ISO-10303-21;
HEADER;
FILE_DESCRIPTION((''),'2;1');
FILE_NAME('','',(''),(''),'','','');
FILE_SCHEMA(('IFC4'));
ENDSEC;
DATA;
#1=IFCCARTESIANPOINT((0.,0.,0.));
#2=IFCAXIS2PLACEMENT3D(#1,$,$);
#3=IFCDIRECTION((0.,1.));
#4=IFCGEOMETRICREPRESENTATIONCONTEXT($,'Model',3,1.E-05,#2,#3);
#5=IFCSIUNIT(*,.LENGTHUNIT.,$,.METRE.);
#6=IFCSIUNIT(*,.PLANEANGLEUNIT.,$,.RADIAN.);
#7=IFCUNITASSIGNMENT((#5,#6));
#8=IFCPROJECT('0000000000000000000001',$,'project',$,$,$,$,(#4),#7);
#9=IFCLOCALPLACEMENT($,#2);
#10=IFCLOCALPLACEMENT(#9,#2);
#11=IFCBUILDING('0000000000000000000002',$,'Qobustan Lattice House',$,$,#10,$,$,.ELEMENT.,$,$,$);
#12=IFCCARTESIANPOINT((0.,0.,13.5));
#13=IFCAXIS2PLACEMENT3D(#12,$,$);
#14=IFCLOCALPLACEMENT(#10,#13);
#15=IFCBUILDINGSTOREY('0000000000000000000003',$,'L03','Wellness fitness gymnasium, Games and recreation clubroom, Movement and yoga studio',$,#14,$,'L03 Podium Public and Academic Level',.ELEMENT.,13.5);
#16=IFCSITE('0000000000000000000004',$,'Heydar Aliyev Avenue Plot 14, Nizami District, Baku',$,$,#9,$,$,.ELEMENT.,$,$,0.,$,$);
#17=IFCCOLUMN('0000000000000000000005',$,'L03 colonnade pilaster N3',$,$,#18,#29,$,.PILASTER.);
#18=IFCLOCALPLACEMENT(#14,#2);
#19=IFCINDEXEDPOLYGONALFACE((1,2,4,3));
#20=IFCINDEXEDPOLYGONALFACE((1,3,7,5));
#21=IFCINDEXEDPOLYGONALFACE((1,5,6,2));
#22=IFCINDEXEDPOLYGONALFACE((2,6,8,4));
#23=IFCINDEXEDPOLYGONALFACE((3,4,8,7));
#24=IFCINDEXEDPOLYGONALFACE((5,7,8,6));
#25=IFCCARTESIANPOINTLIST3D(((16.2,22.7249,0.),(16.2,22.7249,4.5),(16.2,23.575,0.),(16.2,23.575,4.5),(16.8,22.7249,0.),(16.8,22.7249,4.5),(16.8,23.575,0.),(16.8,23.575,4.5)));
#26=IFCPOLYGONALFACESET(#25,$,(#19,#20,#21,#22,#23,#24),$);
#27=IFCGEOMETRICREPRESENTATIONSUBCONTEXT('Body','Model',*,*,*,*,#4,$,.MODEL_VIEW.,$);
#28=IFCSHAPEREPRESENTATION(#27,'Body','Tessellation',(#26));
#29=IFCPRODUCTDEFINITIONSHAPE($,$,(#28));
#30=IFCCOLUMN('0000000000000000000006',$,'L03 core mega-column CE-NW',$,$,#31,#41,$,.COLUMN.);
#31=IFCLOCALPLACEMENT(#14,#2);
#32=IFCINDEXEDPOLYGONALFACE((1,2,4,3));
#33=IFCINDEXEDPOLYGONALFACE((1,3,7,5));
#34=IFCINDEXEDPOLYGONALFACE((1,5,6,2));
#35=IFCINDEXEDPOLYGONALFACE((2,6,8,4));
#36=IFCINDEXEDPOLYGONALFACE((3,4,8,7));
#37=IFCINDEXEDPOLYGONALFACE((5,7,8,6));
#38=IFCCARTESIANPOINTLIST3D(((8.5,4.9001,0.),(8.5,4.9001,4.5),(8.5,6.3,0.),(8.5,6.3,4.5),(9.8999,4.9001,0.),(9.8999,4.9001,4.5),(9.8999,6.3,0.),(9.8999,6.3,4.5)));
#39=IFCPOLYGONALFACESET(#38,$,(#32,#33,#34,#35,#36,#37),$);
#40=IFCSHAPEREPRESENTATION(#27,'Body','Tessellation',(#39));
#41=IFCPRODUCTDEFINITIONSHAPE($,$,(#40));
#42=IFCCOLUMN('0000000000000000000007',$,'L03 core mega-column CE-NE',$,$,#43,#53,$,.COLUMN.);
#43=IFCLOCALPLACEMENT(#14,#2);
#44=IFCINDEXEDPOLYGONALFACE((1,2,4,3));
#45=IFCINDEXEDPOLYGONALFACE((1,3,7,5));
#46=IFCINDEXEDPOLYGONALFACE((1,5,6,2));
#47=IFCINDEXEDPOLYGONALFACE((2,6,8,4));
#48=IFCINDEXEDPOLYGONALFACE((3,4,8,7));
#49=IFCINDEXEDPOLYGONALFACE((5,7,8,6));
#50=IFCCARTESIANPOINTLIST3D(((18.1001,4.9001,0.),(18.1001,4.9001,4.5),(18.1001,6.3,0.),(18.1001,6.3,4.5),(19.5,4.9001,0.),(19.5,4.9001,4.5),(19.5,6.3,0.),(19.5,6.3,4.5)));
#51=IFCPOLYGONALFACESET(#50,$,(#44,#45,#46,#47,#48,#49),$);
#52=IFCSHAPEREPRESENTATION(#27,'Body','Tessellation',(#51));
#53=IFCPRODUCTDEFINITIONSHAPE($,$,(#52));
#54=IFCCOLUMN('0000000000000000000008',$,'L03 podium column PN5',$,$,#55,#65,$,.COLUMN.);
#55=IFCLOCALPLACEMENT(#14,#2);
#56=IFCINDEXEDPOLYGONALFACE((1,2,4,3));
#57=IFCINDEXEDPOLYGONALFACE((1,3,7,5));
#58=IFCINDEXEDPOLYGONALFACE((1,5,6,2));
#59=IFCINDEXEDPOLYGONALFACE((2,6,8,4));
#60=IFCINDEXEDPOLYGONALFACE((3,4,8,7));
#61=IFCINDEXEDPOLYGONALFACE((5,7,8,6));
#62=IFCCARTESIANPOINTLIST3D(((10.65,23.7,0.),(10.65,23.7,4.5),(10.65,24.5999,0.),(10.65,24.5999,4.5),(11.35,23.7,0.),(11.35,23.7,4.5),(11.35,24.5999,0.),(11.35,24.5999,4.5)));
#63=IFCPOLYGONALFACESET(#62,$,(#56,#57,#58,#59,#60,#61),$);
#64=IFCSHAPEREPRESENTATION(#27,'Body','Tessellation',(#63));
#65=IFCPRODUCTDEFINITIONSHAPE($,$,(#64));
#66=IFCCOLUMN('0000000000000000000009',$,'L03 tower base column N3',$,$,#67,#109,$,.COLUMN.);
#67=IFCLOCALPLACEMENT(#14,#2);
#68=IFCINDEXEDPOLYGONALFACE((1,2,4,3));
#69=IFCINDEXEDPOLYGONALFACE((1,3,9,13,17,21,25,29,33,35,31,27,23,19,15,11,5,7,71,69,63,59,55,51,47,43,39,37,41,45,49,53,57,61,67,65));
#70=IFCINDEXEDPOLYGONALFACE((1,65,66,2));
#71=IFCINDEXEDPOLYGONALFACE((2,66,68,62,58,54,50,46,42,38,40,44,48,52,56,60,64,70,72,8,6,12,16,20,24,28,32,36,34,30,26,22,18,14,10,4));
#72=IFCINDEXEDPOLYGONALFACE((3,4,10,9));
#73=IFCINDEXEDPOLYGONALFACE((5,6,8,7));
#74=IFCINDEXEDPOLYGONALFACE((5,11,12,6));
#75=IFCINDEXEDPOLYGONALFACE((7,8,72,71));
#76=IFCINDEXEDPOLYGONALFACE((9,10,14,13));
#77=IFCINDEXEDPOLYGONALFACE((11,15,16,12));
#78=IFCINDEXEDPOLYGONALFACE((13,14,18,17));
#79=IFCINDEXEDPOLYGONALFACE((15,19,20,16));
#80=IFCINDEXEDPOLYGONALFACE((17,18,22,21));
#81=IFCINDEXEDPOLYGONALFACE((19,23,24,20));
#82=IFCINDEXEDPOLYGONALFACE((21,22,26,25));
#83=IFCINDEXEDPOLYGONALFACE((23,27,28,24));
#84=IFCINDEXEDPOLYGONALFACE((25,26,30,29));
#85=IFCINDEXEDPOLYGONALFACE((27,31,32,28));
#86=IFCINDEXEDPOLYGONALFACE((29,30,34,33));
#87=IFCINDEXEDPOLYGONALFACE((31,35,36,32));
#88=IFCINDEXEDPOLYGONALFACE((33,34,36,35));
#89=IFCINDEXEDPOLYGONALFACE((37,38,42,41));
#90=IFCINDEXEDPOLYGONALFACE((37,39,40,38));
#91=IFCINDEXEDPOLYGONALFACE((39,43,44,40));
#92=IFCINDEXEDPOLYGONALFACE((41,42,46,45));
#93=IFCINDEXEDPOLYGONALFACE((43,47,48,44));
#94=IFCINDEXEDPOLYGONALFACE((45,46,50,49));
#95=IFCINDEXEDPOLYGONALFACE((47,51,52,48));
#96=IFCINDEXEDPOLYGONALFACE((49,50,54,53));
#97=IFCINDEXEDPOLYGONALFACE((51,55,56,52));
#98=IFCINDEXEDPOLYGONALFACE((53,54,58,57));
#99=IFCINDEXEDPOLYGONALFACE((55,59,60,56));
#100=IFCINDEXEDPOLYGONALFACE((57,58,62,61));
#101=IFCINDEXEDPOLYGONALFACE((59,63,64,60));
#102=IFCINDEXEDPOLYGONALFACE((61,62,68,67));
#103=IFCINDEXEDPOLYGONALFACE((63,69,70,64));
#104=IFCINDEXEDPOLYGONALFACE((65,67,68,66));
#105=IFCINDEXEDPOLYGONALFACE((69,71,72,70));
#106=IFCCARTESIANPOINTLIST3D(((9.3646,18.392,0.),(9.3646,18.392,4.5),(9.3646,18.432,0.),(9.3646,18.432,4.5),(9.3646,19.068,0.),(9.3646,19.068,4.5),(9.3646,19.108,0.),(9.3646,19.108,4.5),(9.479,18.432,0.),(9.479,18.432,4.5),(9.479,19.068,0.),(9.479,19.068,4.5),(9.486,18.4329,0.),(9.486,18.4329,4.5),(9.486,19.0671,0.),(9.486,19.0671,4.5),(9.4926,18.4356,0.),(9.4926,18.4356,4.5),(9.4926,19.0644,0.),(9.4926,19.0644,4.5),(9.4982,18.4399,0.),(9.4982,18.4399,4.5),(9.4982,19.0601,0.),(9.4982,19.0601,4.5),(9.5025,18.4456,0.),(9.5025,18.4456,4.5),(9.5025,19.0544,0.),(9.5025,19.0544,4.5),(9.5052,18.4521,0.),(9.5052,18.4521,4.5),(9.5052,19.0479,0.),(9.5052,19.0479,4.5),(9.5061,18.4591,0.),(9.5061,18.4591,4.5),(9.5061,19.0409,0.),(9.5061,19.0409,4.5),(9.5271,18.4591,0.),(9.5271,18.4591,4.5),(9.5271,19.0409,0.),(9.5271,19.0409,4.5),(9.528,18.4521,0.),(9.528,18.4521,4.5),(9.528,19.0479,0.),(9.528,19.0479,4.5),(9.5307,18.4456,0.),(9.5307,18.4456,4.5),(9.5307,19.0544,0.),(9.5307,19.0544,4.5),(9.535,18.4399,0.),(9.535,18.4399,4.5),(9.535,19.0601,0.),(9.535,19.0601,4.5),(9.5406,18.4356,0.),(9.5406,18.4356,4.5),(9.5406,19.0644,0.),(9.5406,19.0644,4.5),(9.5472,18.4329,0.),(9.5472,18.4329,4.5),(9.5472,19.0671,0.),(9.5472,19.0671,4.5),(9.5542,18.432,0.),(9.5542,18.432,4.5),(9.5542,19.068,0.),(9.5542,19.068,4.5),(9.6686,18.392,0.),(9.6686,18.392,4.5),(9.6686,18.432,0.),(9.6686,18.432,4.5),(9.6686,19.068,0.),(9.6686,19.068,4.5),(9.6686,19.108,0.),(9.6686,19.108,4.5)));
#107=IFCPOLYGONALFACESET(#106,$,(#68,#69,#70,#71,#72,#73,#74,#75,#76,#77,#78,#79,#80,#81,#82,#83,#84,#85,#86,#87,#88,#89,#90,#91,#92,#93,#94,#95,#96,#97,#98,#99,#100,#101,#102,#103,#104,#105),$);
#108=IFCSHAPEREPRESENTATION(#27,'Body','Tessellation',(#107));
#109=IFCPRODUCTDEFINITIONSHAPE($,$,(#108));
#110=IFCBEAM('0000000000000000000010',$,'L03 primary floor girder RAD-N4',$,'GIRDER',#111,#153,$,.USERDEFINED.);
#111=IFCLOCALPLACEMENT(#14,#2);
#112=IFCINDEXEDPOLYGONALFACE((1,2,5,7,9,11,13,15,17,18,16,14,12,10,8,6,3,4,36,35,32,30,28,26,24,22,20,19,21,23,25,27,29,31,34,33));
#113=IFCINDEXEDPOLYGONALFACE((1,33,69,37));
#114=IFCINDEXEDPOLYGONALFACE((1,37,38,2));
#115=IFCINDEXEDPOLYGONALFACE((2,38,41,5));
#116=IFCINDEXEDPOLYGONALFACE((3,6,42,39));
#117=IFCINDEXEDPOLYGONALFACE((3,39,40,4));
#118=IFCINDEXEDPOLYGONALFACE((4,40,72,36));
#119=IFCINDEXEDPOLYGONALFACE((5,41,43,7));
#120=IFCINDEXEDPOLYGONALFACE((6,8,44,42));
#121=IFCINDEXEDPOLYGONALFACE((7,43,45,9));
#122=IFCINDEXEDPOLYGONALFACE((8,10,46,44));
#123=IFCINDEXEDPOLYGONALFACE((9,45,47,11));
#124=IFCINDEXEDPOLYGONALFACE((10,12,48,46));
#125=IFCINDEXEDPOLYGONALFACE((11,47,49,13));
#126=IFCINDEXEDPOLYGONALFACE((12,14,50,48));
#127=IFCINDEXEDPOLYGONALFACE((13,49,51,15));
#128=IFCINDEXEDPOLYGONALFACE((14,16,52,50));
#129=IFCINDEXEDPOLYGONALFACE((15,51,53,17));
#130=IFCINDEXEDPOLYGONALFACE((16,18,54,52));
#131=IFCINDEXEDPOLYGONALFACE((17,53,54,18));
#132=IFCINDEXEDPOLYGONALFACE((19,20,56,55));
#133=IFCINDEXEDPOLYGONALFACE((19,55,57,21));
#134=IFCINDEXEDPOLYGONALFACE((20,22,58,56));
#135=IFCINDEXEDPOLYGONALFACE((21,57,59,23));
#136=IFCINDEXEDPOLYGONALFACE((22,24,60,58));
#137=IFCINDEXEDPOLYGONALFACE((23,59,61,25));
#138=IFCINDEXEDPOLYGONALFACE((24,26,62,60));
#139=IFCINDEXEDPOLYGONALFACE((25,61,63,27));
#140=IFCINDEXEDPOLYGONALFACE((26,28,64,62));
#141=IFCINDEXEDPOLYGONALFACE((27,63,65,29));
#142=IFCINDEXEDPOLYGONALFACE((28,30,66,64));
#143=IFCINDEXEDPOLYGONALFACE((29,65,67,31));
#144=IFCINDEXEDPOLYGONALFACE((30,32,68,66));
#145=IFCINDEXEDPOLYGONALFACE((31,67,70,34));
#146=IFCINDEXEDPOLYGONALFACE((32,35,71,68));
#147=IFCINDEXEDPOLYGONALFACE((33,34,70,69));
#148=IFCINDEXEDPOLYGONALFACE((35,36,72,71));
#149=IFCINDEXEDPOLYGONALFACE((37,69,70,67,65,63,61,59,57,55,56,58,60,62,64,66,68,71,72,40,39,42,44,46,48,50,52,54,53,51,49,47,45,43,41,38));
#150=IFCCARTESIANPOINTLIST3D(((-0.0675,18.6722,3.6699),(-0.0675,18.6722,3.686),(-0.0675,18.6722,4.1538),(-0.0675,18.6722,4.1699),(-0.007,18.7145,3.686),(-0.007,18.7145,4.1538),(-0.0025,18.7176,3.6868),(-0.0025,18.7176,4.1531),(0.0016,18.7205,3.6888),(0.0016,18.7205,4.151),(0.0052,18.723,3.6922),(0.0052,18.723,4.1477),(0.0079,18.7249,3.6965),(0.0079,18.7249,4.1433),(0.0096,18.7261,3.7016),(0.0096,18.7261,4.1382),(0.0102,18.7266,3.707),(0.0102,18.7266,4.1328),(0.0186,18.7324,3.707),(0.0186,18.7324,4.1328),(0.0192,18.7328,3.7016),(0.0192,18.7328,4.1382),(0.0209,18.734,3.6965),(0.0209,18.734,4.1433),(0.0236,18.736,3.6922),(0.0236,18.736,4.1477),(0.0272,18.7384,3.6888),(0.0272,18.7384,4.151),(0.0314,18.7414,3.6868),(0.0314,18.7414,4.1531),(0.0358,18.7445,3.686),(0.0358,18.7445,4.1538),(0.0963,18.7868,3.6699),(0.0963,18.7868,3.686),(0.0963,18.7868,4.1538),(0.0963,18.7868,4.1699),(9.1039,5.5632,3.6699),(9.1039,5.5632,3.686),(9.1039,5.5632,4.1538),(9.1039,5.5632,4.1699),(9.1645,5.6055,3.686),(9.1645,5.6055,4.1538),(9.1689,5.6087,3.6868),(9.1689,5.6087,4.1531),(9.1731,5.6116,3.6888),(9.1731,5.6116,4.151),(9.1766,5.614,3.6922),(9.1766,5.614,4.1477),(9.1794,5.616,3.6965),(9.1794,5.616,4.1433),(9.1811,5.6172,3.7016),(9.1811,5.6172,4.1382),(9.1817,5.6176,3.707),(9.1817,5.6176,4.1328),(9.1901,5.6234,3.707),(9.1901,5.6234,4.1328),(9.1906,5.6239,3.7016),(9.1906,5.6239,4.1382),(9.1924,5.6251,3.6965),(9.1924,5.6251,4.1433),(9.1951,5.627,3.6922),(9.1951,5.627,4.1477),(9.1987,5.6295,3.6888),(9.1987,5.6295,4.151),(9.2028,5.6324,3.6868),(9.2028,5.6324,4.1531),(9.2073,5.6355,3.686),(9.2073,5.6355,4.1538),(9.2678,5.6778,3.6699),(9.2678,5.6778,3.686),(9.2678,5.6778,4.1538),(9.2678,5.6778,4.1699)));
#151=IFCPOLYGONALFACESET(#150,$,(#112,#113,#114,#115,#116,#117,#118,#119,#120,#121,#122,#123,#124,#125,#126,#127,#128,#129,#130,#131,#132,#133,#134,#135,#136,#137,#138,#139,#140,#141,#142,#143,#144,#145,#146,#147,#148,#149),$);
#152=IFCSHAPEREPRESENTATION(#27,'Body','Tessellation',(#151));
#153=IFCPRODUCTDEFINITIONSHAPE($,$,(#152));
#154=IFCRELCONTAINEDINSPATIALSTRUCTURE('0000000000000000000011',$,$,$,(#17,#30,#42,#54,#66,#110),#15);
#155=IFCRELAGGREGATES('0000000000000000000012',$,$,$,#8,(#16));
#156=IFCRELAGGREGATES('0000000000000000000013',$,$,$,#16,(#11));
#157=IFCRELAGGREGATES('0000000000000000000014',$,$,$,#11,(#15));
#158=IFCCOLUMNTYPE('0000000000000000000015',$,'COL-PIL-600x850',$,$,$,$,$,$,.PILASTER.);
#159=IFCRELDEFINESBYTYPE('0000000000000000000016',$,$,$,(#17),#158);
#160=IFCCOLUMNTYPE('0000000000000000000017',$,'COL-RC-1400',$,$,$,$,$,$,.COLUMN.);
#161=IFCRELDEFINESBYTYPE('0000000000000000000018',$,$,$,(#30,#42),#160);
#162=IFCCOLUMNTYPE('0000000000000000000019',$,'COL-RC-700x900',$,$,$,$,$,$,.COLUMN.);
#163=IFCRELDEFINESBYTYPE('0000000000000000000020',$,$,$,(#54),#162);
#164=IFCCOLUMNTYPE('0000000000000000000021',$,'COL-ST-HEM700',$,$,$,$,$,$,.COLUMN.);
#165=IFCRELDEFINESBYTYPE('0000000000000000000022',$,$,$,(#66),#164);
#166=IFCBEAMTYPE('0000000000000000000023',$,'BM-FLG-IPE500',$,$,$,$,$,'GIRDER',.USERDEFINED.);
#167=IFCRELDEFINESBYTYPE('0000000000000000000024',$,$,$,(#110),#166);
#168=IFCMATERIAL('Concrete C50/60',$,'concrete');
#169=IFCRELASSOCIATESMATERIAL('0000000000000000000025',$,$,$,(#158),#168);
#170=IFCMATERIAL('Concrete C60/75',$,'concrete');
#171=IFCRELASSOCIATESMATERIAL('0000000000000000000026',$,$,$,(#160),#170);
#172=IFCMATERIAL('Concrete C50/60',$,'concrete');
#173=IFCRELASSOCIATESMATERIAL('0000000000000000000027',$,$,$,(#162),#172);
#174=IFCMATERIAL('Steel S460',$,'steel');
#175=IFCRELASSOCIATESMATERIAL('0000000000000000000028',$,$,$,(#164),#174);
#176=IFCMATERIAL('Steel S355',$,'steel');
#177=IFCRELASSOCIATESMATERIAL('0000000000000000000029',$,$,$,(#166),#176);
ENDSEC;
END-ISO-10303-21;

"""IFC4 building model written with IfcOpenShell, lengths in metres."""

from ifc_helpers import new_model, si_unit, direction, frame, origin, origin_2d, place, context, subcontext, project, spatial, rectangle, i_section, extrude, material, material_profile, profile_set, type_object, element, save


model = new_model("IFC4")

# Units and contexts
model_context = context("Model", 3, precision=1e-05, world=origin(), true_north=direction((0.0, 1.0)))
body_context = subcontext(model_context, "Body", "Model", "MODEL_VIEW")
ifc_project = project(units=[si_unit("LENGTHUNIT", "METRE"), si_unit("PLANEANGLEUNIT", "RADIAN")], contexts=[model_context])

# Site, building, storey
site_placement = place(None, origin())
site = spatial("IfcSite", under=ifc_project, at=site_placement, Name="Heydar Aliyev Avenue Plot 14, Nizami District, Baku", CompositionType="ELEMENT", RefElevation=0.0)
building_placement = place(site_placement, origin())
building = spatial("IfcBuilding", under=site, at=building_placement, Name="Qobustan Lattice House", CompositionType="ELEMENT")
storey_placement = place(building_placement, frame((0.0, 0.0, 13.5)))
storey = spatial("IfcBuildingStorey", under=building, at=storey_placement, Name="L03", Description="Wellness fitness gymnasium, Games and recreation clubroom, Movement and yoga studio", LongName="L03 Podium Public and Academic Level", CompositionType="ELEMENT", Elevation=13.5)

# Columns
ifc_material_1 = material(Name="Concrete C50/60", Category="concrete")
ifc_material_profile_1 = material_profile(ifc_material_1, rectangle(XDim=0.6001, YDim=0.8501, at=origin_2d()), Name="RC600x850")
ifc_profile_set_1 = profile_set([ifc_material_profile_1], Name="Concrete C50/60")
column_type_1 = type_object("IfcColumnType", Name="COL-PIL-600x850", PredefinedType="PILASTER", material=ifc_profile_set_1)
column_1_placement = place(storey_placement, frame((16.5, 23.1499, 0.0), z_axis=(0.0, 0.0, 1.0), x_axis=(1.0, 0.0, 0.0)))
element("IfcColumn", 1, at=column_1_placement, inside=storey, type_object=column_type_1, Name="L03 colonnade pilaster N3", PredefinedType="PILASTER", context=body_context, shape_type="SweptSolid", body=[
    extrude(rectangle(XDim=0.6001, YDim=0.8501, at=origin_2d()), origin(), (0.0, 0.0, 1.0), 4.5),
])
ifc_material_2 = material(Name="Concrete C60/75", Category="concrete")
ifc_material_profile_2 = material_profile(ifc_material_2, rectangle(XDim=1.3999, YDim=1.3999, at=origin_2d()), Name="RC1400x1400")
ifc_profile_set_2 = profile_set([ifc_material_profile_2], Name="Concrete C60/75")
column_type_2 = type_object("IfcColumnType", Name="COL-RC-1400", PredefinedType="COLUMN", material=ifc_profile_set_2)
for number, where, z_axis, x_axis, name in (
    (2, (9.2, 5.6001, 0.0), (0.0, 0.0, 1.0), (1.0, 0.0, 0.0), "L03 core mega-column CE-NW"),
    (3, (18.8, 5.6001, 0.0), (0.0, 0.0, 1.0), (1.0, 0.0, 0.0), "L03 core mega-column CE-NE"),
):
    element("IfcColumn", number, at=place(storey_placement, frame(where, z_axis=z_axis, x_axis=x_axis)), inside=storey, type_object=column_type_2, Name=name, PredefinedType="COLUMN", context=body_context, shape_type="SweptSolid", body=[
        extrude(rectangle(XDim=1.3999, YDim=1.3999, at=origin_2d()), origin(), (0.0, 0.0, 1.0), 4.5),
    ])
ifc_material_3 = material(Name="Concrete C50/60", Category="concrete")
ifc_material_profile_3 = material_profile(ifc_material_3, rectangle(XDim=0.7, YDim=0.8999, at=origin_2d()), Name="RC700x900")
ifc_profile_set_3 = profile_set([ifc_material_profile_3], Name="Concrete C50/60")
column_type_3 = type_object("IfcColumnType", Name="COL-RC-700x900", PredefinedType="COLUMN", material=ifc_profile_set_3)
column_2_placement = place(storey_placement, frame((11.0, 24.1499, 0.0), z_axis=(0.0, 0.0, 1.0), x_axis=(1.0, 0.0, 0.0)))
element("IfcColumn", 4, at=column_2_placement, inside=storey, type_object=column_type_3, Name="L03 podium column PN5", PredefinedType="COLUMN", context=body_context, shape_type="SweptSolid", body=[
    extrude(rectangle(XDim=0.7, YDim=0.8999, at=origin_2d()), origin(), (0.0, 0.0, 1.0), 4.5),
])
ifc_material_4 = material(Name="Steel S460", Category="steel")
ifc_material_profile_4 = material_profile(ifc_material_4, i_section(OverallWidth=0.304, OverallDepth=0.7161, WebThickness=0.021, FlangeThickness=0.04, FilletRadius=0.0271, at=origin_2d()), Name="HEM700")
ifc_profile_set_4 = profile_set([ifc_material_profile_4], Name="Steel S460")
column_type_4 = type_object("IfcColumnType", Name="COL-ST-HEM700", PredefinedType="COLUMN", material=ifc_profile_set_4)
column_3_placement = place(storey_placement, frame((9.5166, 18.75, 0.0), z_axis=(0.0, 0.0, 1.0), x_axis=(1.0, 0.0, 0.0)))
element("IfcColumn", 5, at=column_3_placement, inside=storey, type_object=column_type_4, Name="L03 tower base column N3", PredefinedType="COLUMN", context=body_context, shape_type="SweptSolid", body=[
    extrude(i_section(OverallWidth=0.304, OverallDepth=0.7161, WebThickness=0.021, FlangeThickness=0.04, FilletRadius=0.0271, at=origin_2d()), origin(), (0.0, 0.0, 1.0), 4.5),
])

# Beam
ifc_material_5 = material(Name="Steel S355", Category="steel")
ifc_material_profile_5 = material_profile(ifc_material_5, i_section(OverallWidth=0.2, OverallDepth=0.5, WebThickness=0.0103, FlangeThickness=0.0161, FilletRadius=0.021, at=origin_2d()), Name="IPE500")
ifc_profile_set_5 = profile_set([ifc_material_profile_5], Name="Steel S355")
beam_type_1 = type_object("IfcBeamType", Name="BM-FLG-IPE500", ElementType="GIRDER", PredefinedType="USERDEFINED", material=ifc_profile_set_5)
beam_1_placement = place(storey_placement, frame((0.0144, 18.7295, 3.9199), z_axis=(0.57326, -0.819374, 0.0), x_axis=(0.819374, 0.57326, 0.0)))
element("IfcBeam", 6, at=beam_1_placement, inside=storey, type_object=beam_type_1, Name="L03 primary floor girder RAD-N4", ObjectType="GIRDER", PredefinedType="USERDEFINED", context=body_context, shape_type="SweptSolid", body=[
    extrude(i_section(OverallWidth=0.2, OverallDepth=0.5, WebThickness=0.0103, FlangeThickness=0.0161, FilletRadius=0.021, at=origin_2d()), origin(), (0.0, 0.0, 1.0), 15.9988),
])

save(model, "model.ifc")
